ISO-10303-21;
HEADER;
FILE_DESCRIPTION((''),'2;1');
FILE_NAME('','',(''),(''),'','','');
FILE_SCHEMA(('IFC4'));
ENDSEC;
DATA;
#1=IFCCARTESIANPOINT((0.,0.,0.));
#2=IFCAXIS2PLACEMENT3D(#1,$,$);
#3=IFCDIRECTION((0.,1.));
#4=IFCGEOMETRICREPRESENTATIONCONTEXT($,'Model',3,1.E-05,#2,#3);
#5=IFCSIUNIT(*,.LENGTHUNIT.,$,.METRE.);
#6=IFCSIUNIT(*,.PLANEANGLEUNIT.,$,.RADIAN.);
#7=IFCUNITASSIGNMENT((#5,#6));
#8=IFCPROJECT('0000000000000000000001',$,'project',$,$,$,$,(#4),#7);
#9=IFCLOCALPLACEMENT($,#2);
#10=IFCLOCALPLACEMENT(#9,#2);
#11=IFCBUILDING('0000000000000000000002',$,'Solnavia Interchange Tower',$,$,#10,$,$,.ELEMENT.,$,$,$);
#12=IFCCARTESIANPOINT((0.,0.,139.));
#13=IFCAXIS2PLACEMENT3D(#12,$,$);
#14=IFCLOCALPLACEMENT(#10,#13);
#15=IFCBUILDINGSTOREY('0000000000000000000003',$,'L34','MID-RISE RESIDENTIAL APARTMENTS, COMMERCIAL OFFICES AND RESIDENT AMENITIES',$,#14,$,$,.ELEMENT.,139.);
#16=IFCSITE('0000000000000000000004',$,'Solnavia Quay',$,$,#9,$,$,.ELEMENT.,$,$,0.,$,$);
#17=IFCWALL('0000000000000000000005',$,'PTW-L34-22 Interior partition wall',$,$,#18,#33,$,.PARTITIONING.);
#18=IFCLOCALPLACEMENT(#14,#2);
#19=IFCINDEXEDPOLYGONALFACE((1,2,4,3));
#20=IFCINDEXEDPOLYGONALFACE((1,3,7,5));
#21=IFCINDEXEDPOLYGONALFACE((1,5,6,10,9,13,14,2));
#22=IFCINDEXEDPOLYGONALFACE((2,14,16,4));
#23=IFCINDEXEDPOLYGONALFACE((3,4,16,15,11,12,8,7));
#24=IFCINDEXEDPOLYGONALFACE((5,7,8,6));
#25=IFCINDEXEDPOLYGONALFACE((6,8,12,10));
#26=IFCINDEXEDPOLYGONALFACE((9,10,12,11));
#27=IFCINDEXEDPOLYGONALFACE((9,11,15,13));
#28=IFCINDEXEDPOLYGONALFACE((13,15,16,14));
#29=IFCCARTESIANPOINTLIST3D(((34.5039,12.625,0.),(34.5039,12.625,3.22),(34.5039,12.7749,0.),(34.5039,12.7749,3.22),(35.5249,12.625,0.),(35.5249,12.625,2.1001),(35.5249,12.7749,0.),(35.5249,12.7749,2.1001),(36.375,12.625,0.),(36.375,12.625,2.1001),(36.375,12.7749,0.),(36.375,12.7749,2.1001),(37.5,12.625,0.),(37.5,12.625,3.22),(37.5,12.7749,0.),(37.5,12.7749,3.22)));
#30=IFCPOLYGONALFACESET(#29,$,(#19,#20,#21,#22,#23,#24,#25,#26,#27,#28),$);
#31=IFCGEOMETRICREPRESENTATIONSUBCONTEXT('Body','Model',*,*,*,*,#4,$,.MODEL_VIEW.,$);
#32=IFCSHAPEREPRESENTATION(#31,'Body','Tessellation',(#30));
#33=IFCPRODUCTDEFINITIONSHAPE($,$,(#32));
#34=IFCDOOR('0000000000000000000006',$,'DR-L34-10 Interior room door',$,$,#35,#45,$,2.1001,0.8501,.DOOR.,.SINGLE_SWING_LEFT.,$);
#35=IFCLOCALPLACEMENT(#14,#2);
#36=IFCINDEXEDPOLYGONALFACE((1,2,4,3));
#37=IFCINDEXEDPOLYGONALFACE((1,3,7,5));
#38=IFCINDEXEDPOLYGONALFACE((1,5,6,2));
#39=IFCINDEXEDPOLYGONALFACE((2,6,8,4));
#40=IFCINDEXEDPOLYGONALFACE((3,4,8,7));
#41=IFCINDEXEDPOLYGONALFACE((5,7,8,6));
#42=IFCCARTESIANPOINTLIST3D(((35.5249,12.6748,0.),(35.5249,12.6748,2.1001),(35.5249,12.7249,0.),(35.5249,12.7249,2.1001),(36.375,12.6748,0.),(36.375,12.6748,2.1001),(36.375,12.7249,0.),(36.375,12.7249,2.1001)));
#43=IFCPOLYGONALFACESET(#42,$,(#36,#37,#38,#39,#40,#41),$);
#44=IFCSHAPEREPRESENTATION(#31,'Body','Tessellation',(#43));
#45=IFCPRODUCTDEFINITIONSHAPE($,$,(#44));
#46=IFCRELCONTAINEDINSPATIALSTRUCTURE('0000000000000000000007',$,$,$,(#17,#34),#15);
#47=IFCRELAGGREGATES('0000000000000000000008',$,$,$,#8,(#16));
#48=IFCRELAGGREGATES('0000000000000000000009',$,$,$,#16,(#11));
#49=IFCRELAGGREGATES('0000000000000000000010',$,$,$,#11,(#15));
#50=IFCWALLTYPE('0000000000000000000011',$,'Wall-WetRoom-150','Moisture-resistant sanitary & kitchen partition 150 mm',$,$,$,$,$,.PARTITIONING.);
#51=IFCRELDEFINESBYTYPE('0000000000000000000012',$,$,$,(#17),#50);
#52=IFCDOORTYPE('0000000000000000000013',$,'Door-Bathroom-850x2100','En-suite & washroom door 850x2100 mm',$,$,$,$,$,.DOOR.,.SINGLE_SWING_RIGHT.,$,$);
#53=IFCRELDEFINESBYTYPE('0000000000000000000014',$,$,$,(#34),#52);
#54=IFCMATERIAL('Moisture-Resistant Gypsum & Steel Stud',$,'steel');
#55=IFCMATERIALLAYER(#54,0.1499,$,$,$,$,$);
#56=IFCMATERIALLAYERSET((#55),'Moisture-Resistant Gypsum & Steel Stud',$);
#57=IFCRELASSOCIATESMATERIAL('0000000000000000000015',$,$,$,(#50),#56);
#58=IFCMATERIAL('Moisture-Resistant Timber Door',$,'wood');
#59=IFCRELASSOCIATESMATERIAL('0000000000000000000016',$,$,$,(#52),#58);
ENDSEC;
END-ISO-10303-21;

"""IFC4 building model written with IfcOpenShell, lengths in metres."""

from ifc_helpers import new_model, si_unit, direction, frame, frame_2d, origin, place, context, subcontext, project, spatial, rectangle, extrude, material, layer, layer_set, type_object, element, fill, save


model = new_model("IFC4")

# Units and contexts
model_context = context("Model", 3, precision=1e-05, world=origin(), true_north=direction((0.0, 1.0)))
body_context = subcontext(model_context, "Body", "Model", "MODEL_VIEW")
ifc_project = project(units=[si_unit("LENGTHUNIT", "METRE"), si_unit("PLANEANGLEUNIT", "RADIAN")], contexts=[model_context])

# Site, building, storey
site_placement = place(None, origin())
site = spatial("IfcSite", under=ifc_project, at=site_placement, Name="Solnavia Quay", CompositionType="ELEMENT", RefElevation=0.0)
building_placement = place(site_placement, origin())
building = spatial("IfcBuilding", under=site, at=building_placement, Name="Solnavia Interchange Tower", CompositionType="ELEMENT")
storey_placement = place(building_placement, frame((0.0, 0.0, 139.0)))
storey = spatial("IfcBuildingStorey", under=building, at=storey_placement, Name="L34", Description="MID-RISE RESIDENTIAL APARTMENTS, COMMERCIAL OFFICES AND RESIDENT AMENITIES", CompositionType="ELEMENT", Elevation=139.0)

# Shared definitions
ifc_material_1 = material(Name="Moisture-Resistant Gypsum & Steel Stud", Category="steel")
ifc_layer_1 = layer(ifc_material_1, 0.1499)
ifc_layer_set_1 = layer_set([ifc_layer_1], Name="Moisture-Resistant Gypsum & Steel Stud")
wall_type_1 = type_object("IfcWallType", Name="Wall-WetRoom-150", Description="Moisture-resistant sanitary & kitchen partition 150 mm", PredefinedType="PARTITIONING", material=ifc_layer_set_1)
ifc_material_2 = material(Name="Moisture-Resistant Timber Door", Category="wood")
door_type_1 = type_object("IfcDoorType", Name="Door-Bathroom-850x2100", Description="En-suite & washroom door 850x2100 mm", OperationType="SINGLE_SWING_RIGHT", PredefinedType="DOOR", material=ifc_material_2)

# Wall, opening, door
wall_1_placement = place(storey_placement, frame((34.5039, 12.7, 0.0), z_axis=(0.0, 0.0, 1.0), x_axis=(1.0, 0.0, 0.0)))
wall_1 = element("IfcWall", 1, at=wall_1_placement, inside=storey, type_object=wall_type_1, Name="PTW-L34-22 Interior partition wall", PredefinedType="PARTITIONING", context=body_context, shape_type="SweptSolid", body=[
    extrude(rectangle(XDim=2.9961, YDim=0.1499, at=frame_2d((1.498, 0.0))), origin(), (0.0, 0.0, 1.0), 3.22),
])
opening_1_placement = place(wall_1_placement, frame((1.021, 0.0, 0.0)))
opening_1 = element("IfcOpeningElement", 2, at=opening_1_placement, cuts=wall_1, PredefinedType="OPENING", context=body_context, shape_type="SweptSolid", body=[
    extrude(rectangle(XDim=0.8501, YDim=2.1001, at=frame_2d((0.425, 1.05))), frame((0.0, 0.085, 0.0), z_axis=(0.0, -1.0, 0.0), x_axis=(1.0, 0.0, 0.0)), (0.0, 0.0, 1.0), 0.1699),
])
door_1_placement = place(opening_1_placement, origin())
door_1 = element("IfcDoor", 3, at=door_1_placement, inside=storey, type_object=door_type_1, Name="DR-L34-10 Interior room door", OperationType="SINGLE_SWING_LEFT", OverallHeight=2.1001, OverallWidth=0.8501, PredefinedType="DOOR", context=body_context, shape_type="SweptSolid", body=[
    extrude(rectangle(XDim=0.8501, YDim=2.1001, at=frame_2d((0.425, 1.05))), frame((0.0, 0.0249, 0.0), z_axis=(0.0, -1.0, 0.0), x_axis=(1.0, 0.0, 0.0)), (0.0, 0.0, 1.0), 0.05),
])
fill(opening_1, door_1)

save(model, "model.ifc")
